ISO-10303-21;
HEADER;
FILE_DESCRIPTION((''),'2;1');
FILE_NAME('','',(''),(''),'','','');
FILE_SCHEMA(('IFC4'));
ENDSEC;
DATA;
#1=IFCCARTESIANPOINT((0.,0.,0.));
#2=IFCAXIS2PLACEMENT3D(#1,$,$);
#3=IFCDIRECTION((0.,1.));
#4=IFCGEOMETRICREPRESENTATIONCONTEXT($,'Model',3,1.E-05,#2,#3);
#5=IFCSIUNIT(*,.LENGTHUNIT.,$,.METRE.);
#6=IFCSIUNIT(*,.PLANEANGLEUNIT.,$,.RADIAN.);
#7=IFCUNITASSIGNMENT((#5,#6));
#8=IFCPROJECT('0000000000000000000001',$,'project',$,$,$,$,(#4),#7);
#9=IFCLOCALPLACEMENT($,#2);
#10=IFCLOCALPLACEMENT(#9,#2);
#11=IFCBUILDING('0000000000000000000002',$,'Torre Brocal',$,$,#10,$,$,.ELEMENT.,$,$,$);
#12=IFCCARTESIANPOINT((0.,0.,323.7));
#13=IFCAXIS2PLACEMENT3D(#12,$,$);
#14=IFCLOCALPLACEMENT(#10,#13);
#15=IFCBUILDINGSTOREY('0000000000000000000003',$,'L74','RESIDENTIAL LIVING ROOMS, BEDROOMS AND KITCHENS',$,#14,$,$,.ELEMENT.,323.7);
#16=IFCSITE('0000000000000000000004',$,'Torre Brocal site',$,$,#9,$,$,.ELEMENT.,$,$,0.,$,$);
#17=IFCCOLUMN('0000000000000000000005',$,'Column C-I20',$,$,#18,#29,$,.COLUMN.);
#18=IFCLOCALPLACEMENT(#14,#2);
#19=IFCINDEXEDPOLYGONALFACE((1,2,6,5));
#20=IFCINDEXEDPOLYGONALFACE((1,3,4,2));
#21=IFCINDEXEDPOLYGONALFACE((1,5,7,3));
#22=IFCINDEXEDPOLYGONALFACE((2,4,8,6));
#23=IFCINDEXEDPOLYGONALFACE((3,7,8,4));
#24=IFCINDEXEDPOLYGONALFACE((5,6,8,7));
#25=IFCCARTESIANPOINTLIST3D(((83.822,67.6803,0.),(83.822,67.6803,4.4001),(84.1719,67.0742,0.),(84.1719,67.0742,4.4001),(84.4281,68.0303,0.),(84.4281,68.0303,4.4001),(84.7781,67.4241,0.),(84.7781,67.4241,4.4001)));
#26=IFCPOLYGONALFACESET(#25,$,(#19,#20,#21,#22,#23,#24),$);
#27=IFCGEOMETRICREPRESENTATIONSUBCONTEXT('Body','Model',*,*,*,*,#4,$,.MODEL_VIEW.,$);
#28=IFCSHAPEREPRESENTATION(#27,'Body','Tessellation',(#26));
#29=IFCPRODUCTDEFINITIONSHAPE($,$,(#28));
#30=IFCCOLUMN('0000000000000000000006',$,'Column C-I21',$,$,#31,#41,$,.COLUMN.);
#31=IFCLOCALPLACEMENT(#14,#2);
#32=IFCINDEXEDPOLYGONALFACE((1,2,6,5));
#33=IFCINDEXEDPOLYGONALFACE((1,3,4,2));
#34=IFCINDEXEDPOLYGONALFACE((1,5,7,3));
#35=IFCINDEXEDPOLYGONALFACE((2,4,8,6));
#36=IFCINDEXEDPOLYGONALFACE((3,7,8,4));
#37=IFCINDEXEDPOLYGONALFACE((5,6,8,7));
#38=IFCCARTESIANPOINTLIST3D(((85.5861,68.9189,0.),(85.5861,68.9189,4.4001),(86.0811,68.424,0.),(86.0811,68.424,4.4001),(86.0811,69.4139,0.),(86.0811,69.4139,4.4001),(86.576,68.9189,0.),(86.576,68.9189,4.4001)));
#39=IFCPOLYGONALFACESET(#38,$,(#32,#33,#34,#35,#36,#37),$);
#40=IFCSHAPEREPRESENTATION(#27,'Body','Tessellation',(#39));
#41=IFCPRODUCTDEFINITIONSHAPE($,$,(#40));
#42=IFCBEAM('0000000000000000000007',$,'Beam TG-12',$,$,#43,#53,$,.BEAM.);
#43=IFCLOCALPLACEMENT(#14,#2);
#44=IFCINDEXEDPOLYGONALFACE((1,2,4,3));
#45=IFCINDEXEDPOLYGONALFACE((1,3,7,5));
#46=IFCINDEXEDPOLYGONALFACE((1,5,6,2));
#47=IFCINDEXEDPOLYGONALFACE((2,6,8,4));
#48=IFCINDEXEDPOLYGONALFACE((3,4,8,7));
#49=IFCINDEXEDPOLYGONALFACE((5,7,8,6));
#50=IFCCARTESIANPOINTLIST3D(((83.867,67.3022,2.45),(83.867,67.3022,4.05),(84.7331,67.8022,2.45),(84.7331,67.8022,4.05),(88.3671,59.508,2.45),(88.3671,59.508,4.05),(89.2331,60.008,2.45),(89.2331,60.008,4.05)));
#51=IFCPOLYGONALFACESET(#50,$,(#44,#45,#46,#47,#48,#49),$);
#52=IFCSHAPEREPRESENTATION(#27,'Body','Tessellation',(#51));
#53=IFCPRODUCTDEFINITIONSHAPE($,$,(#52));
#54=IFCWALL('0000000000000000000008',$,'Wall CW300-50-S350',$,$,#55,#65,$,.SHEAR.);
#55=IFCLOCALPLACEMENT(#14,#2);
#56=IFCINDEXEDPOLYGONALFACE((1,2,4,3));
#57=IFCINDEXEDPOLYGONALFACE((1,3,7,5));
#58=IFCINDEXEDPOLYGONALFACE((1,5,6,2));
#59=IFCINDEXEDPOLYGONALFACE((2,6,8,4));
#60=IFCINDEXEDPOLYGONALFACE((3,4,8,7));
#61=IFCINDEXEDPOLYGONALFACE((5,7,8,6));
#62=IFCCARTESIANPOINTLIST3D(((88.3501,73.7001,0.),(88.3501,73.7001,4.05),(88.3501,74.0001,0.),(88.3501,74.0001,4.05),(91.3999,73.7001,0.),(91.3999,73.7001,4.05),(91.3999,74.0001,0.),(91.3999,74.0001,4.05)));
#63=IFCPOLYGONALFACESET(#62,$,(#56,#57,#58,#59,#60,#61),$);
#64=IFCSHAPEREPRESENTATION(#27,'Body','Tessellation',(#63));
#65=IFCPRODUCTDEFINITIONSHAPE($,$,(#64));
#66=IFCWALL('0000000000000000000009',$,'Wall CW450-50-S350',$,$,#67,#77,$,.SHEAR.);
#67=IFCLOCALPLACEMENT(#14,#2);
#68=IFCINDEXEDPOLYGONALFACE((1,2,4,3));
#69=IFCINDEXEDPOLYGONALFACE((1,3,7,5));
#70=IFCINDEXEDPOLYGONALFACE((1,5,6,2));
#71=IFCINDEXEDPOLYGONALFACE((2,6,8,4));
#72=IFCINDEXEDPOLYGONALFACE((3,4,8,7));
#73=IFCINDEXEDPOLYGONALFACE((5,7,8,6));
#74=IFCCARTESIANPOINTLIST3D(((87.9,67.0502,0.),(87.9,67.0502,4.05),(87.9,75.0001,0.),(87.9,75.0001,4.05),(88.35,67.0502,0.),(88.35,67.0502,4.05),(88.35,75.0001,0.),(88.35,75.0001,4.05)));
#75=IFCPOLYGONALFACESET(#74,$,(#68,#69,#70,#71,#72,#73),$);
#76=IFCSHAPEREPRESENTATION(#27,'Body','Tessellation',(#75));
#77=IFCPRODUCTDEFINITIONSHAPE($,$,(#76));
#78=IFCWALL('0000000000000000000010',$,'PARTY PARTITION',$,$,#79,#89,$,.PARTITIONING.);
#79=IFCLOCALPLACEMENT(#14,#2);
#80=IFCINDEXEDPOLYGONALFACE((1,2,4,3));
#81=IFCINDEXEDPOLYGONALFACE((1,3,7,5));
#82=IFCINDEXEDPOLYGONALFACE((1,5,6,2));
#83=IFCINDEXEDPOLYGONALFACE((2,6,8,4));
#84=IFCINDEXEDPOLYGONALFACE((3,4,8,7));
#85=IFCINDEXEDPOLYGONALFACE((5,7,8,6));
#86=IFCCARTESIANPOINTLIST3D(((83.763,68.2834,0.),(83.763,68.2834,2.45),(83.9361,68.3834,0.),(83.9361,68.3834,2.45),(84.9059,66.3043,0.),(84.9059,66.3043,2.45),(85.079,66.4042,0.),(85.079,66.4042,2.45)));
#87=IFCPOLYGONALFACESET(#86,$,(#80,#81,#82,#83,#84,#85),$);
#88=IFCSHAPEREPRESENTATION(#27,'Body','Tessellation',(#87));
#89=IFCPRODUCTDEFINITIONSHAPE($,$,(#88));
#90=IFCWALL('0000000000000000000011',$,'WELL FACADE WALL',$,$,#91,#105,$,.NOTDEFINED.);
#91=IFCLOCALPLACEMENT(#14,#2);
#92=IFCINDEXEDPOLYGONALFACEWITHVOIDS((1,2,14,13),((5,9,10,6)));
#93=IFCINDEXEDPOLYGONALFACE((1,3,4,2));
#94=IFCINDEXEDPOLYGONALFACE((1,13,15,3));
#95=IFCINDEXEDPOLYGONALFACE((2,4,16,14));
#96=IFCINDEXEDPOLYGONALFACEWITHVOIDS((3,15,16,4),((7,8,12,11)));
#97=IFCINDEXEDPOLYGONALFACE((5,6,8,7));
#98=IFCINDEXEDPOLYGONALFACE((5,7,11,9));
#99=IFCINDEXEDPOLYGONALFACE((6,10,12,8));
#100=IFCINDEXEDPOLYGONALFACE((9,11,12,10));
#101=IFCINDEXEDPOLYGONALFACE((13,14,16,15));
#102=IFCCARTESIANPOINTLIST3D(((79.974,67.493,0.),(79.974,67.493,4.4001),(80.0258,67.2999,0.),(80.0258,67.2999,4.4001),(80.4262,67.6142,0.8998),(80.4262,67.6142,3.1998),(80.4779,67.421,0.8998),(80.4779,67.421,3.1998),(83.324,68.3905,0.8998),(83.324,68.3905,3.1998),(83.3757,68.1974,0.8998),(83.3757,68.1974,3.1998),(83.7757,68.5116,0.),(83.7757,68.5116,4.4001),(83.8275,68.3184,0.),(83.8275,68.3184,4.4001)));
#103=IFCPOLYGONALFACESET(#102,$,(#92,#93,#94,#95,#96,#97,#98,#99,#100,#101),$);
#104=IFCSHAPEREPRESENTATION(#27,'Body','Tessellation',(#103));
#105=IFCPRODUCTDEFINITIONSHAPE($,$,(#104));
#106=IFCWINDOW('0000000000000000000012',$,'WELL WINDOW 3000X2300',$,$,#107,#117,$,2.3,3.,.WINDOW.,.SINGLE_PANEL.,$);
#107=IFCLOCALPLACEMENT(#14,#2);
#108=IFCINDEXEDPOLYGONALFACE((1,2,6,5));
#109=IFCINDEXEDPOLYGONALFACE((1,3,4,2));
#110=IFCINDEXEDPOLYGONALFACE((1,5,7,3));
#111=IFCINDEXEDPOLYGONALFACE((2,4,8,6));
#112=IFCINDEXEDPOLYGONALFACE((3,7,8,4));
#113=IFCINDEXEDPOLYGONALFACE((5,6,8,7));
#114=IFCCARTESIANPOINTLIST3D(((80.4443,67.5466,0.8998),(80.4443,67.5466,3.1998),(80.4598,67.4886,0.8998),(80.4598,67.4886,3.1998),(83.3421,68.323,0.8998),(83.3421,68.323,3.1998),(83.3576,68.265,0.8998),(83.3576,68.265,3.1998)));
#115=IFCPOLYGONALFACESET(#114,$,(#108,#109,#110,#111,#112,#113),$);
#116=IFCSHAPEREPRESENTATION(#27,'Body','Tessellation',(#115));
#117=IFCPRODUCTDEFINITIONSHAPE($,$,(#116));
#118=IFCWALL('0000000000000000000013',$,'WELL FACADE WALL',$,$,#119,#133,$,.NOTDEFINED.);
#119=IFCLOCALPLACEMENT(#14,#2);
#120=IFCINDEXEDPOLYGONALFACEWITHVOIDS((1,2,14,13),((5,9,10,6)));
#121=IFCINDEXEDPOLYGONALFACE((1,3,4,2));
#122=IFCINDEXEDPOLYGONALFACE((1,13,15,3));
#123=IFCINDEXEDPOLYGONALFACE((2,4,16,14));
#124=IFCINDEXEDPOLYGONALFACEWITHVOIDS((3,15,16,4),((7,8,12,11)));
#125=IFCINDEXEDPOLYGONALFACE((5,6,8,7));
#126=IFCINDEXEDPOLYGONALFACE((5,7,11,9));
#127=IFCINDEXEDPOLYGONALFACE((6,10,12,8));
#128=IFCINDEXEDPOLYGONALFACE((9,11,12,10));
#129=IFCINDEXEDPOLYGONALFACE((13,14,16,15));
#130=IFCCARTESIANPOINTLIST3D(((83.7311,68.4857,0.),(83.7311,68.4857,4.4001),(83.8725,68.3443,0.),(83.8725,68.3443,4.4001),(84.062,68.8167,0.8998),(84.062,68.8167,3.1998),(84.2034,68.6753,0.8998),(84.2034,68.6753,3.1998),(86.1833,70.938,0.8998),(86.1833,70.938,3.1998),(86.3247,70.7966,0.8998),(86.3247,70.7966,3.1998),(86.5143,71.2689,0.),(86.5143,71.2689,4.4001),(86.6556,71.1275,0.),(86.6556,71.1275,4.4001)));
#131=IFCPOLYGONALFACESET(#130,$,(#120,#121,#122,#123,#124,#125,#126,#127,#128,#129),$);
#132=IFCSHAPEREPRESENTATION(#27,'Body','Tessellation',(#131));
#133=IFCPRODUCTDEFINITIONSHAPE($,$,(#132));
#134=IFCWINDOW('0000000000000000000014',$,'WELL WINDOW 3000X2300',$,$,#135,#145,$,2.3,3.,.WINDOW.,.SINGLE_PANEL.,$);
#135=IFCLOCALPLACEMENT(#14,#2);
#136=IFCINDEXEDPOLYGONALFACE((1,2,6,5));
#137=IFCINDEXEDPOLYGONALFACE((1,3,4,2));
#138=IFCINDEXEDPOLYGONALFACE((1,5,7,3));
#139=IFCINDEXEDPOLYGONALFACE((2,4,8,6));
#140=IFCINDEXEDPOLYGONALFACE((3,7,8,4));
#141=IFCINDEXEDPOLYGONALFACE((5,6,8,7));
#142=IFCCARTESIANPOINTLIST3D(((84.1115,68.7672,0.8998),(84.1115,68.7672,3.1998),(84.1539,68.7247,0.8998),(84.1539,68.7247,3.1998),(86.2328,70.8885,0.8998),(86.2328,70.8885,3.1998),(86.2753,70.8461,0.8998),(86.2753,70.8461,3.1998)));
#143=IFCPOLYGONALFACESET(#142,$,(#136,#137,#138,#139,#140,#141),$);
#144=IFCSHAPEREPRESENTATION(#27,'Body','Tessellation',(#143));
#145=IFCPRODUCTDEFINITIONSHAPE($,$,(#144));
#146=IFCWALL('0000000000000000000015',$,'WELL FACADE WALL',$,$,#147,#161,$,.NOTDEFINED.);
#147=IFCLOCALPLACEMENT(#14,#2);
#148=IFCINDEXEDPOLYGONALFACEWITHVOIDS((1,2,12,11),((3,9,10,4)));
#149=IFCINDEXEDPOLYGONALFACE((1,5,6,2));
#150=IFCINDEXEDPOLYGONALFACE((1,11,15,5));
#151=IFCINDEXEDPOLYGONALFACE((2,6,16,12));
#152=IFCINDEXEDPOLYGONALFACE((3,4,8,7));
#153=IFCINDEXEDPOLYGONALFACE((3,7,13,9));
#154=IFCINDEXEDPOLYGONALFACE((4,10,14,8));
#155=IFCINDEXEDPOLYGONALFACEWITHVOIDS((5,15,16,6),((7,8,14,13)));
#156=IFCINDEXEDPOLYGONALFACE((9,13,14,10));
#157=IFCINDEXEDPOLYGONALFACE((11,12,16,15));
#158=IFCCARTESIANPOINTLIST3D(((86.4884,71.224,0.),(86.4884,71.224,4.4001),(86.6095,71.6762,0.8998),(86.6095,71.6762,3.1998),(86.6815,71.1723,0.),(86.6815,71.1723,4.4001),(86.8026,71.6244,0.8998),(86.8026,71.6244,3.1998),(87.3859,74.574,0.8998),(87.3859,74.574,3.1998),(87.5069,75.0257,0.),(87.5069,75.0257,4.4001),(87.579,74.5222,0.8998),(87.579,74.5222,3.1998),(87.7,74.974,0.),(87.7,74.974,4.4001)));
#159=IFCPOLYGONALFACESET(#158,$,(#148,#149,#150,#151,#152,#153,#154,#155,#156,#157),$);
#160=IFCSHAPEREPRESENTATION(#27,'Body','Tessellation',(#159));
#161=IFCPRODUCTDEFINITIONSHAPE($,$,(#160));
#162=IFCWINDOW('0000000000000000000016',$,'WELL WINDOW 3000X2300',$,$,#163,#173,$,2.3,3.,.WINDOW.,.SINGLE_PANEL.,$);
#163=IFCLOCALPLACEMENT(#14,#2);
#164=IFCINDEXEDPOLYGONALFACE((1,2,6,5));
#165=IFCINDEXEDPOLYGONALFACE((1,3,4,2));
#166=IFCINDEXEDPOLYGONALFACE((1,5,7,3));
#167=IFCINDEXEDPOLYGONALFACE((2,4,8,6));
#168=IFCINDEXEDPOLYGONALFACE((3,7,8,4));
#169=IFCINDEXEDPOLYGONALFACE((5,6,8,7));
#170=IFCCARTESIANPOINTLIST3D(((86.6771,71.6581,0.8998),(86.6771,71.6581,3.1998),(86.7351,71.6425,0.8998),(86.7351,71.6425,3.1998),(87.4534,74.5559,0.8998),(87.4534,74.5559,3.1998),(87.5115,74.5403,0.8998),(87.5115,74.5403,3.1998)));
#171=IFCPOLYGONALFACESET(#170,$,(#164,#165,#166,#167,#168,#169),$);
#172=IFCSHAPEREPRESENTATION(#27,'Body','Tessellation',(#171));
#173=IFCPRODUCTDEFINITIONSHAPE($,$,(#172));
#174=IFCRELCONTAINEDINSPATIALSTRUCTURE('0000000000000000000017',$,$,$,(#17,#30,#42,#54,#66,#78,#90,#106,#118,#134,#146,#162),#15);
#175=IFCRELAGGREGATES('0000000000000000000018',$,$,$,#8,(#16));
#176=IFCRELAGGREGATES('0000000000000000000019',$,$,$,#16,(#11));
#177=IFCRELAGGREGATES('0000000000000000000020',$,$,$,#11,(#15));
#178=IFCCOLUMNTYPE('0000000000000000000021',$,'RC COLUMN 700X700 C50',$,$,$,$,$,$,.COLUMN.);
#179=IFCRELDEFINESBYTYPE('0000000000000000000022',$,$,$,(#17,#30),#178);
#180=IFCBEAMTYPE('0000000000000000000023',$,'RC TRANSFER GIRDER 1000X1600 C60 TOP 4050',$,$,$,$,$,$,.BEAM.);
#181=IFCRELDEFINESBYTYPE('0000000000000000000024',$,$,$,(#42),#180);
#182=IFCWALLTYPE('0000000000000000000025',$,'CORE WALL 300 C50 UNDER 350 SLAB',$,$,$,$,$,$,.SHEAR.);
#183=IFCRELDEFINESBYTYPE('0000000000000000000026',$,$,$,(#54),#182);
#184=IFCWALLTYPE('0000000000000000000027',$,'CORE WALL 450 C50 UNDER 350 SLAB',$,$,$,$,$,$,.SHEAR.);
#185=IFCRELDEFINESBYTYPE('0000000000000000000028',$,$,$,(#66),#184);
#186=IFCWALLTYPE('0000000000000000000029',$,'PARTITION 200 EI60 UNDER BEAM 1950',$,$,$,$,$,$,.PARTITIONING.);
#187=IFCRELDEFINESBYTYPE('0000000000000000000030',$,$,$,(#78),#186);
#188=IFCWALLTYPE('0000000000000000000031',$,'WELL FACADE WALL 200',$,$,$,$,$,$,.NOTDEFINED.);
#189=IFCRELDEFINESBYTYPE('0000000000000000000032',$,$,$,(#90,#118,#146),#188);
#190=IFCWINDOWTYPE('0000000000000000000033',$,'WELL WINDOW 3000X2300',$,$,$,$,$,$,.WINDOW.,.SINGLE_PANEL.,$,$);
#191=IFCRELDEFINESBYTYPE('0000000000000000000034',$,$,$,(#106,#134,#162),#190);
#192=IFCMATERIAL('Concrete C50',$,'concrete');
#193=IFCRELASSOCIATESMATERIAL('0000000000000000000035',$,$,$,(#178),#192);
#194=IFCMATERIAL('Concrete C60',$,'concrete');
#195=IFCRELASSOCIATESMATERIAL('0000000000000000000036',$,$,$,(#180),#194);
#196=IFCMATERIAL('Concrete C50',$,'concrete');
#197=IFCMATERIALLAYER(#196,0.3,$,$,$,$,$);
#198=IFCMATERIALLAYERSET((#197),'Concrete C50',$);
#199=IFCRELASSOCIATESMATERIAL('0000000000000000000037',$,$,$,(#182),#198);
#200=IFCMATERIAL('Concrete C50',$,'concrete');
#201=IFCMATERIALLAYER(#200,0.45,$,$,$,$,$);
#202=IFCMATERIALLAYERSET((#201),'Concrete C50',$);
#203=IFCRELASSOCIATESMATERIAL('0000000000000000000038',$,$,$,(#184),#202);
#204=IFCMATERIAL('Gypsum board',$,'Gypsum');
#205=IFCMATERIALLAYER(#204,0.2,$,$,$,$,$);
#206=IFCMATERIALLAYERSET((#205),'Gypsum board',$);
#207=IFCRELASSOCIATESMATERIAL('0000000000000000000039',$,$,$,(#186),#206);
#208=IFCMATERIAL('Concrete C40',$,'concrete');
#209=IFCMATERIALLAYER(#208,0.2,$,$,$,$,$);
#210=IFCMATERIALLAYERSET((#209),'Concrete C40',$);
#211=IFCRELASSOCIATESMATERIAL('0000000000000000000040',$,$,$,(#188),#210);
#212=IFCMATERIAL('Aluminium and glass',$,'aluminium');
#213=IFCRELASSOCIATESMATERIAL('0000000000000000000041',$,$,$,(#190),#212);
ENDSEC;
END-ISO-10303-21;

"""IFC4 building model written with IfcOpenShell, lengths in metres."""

from ifc_helpers import new_model, si_unit, direction, frame, frame_2d, origin, origin_2d, place, context, subcontext, project, spatial, rectangle, extrude, material, layer, layer_set, material_profile, profile_set, type_object, element, fill, save


model = new_model("IFC4")

# Units and contexts
model_context = context("Model", 3, precision=1e-05, world=origin(), true_north=direction((0.0, 1.0)))
body_context = subcontext(model_context, "Body", "Model", "MODEL_VIEW")
ifc_project = project(units=[si_unit("LENGTHUNIT", "METRE"), si_unit("PLANEANGLEUNIT", "RADIAN")], contexts=[model_context])

# Site, building, storey
site_placement = place(None, origin())
site = spatial("IfcSite", under=ifc_project, at=site_placement, Name="Torre Brocal site", CompositionType="ELEMENT", RefElevation=0.0)
building_placement = place(site_placement, origin())
building = spatial("IfcBuilding", under=site, at=building_placement, Name="Torre Brocal", CompositionType="ELEMENT")
storey_placement = place(building_placement, frame((0.0, 0.0, 323.7)))
storey = spatial("IfcBuildingStorey", under=building, at=storey_placement, Name="L74", Description="RESIDENTIAL LIVING ROOMS, BEDROOMS AND KITCHENS", CompositionType="ELEMENT", Elevation=323.7)

# Columns
ifc_material_1 = material(Name="Concrete C50", Category="concrete")
ifc_material_profile_1 = material_profile(ifc_material_1, rectangle(XDim=0.7, YDim=0.7, at=origin_2d()), Name="RC 700X700")
ifc_profile_set_1 = profile_set([ifc_material_profile_1], Name="Concrete C50")
column_type = type_object("IfcColumnType", Name="RC COLUMN 700X700 C50", PredefinedType="COLUMN", material=ifc_profile_set_1)
for number, where, z_axis, x_axis, name in (
    (1, (84.3, 67.5522, 0.0), (0.0, 0.0, 1.0), (0.5, -0.866025, 0.0), "Column C-I20"),
    (2, (86.0811, 68.9189, 0.0), (0.0, 0.0, 1.0), (0.707107, -0.707107, 0.0), "Column C-I21"),
):
    element("IfcColumn", number, at=place(storey_placement, frame(where, z_axis=z_axis, x_axis=x_axis)), inside=storey, type_object=column_type, Name=name, PredefinedType="COLUMN", context=body_context, shape_type="SweptSolid", body=[
        extrude(rectangle(XDim=0.7, YDim=0.7, at=origin_2d()), origin(), (0.0, 0.0, 1.0), 4.4001),
    ])

# Beam
ifc_material_2 = material(Name="Concrete C60", Category="concrete")
ifc_material_profile_2 = material_profile(ifc_material_2, rectangle(XDim=1.0, YDim=1.6001, at=origin_2d()), Name="RC 1000X1600")
ifc_profile_set_2 = profile_set([ifc_material_profile_2], Name="Concrete C60")
beam_type = type_object("IfcBeamType", Name="RC TRANSFER GIRDER 1000X1600 C60 TOP 4050", PredefinedType="BEAM", material=ifc_profile_set_2)
beam_placement = place(storey_placement, frame((84.3, 67.5522, 3.25), z_axis=(0.500002, -0.866024, 0.0), x_axis=(0.866024, 0.500002, 0.0)))
element("IfcBeam", 3, at=beam_placement, inside=storey, type_object=beam_type, Name="Beam TG-12", PredefinedType="BEAM", context=body_context, shape_type="SweptSolid", body=[
    extrude(rectangle(XDim=1.0, YDim=1.6001, at=origin_2d()), origin(), (0.0, 0.0, 1.0), 9.0),
])

# Walls
ifc_material_3 = material(Name="Concrete C50", Category="concrete")
ifc_layer_1 = layer(ifc_material_3, 0.3)
ifc_layer_set_1 = layer_set([ifc_layer_1], Name="Concrete C50")
wall_type_1 = type_object("IfcWallType", Name="CORE WALL 300 C50 UNDER 350 SLAB", PredefinedType="SHEAR", material=ifc_layer_set_1)
wall_1_placement = place(storey_placement, frame((88.3501, 73.8501, 0.0), z_axis=(0.0, 0.0, 1.0), x_axis=(1.0, 0.0, 0.0)))
element("IfcWall", 4, at=wall_1_placement, inside=storey, type_object=wall_type_1, Name="Wall CW300-50-S350", PredefinedType="SHEAR", context=body_context, shape_type="SweptSolid", body=[
    extrude(rectangle(XDim=3.0498, YDim=0.3, at=frame_2d((1.5249, 0.0))), origin(), (0.0, 0.0, 1.0), 4.05),
])
ifc_material_4 = material(Name="Concrete C50", Category="concrete")
ifc_layer_2 = layer(ifc_material_4, 0.45)
ifc_layer_set_2 = layer_set([ifc_layer_2], Name="Concrete C50")
wall_type_2 = type_object("IfcWallType", Name="CORE WALL 450 C50 UNDER 350 SLAB", PredefinedType="SHEAR", material=ifc_layer_set_2)
wall_2_placement = place(storey_placement, frame((88.125, 67.05, 0.0), z_axis=(0.0, 0.0, 1.0), x_axis=(0.0, 1.0, 0.0)))
element("IfcWall", 5, at=wall_2_placement, inside=storey, type_object=wall_type_2, Name="Wall CW450-50-S350", PredefinedType="SHEAR", context=body_context, shape_type="SweptSolid", body=[
    extrude(rectangle(XDim=7.95, YDim=0.45, at=frame_2d((3.9751, 0.0))), origin(), (0.0, 0.0, 1.0), 4.05),
])
ifc_material_5 = material(Name="Gypsum board", Category="Gypsum")
ifc_layer_3 = layer(ifc_material_5, 0.2)
ifc_layer_set_3 = layer_set([ifc_layer_3], Name="Gypsum board")
wall_type_3 = type_object("IfcWallType", Name="PARTITION 200 EI60 UNDER BEAM 1950", PredefinedType="PARTITIONING", material=ifc_layer_set_3)
wall_3_placement = place(storey_placement, frame((83.8496, 68.3333, 0.0), z_axis=(0.0, 0.0, 1.0), x_axis=(0.50008, -0.865979, 0.0)))
element("IfcWall", 6, at=wall_3_placement, inside=storey, type_object=wall_type_3, Name="PARTY PARTITION", PredefinedType="PARTITIONING", context=body_context, shape_type="SweptSolid", body=[
    extrude(rectangle(XDim=2.2854, YDim=0.2, at=frame_2d((1.1426, 0.0))), origin(), (0.0, 0.0, 1.0), 2.45),
])

# Walls, openings, windows
ifc_material_6 = material(Name="Concrete C40", Category="concrete")
ifc_layer_4 = layer(ifc_material_6, 0.2)
ifc_layer_set_4 = layer_set([ifc_layer_4], Name="Concrete C40")
wall_type_4 = type_object("IfcWallType", Name="WELL FACADE WALL 200", PredefinedType="NOTDEFINED", material=ifc_layer_set_4)
wall_4_placement = place(storey_placement, frame((80.0, 67.3965, 0.0), z_axis=(0.0, 0.0, 1.0), x_axis=(0.965934, 0.25879, 0.0)))
wall_4 = element("IfcWall", 7, at=wall_4_placement, inside=storey, type_object=wall_type_4, Name="WELL FACADE WALL", PredefinedType="NOTDEFINED", context=body_context, shape_type="SweptSolid", body=[
    extrude(rectangle(XDim=3.9358, YDim=0.2, at=frame_2d((1.9678, 0.0))), origin(), (0.0, 0.0, 1.0), 4.4001),
])
opening_1_placement = place(wall_4_placement, frame((0.468, 0.0, 0.8999)))
opening_1 = element("IfcOpeningElement", 8, at=opening_1_placement, cuts=wall_4, PredefinedType="OPENING", context=body_context, shape_type="SweptSolid", body=[
    extrude(rectangle(XDim=3.0, YDim=2.3, at=frame_2d((1.5, 1.1499))), frame((0.0, 0.1099, 0.0), z_axis=(0.0, -1.0, 0.0), x_axis=(1.0, 0.0, 0.0)), (0.0, 0.0, 1.0), 0.22),
])
ifc_material_7 = material(Name="Aluminium and glass", Category="aluminium")
window_type = type_object("IfcWindowType", Name="WELL WINDOW 3000X2300", PartitioningType="SINGLE_PANEL", PredefinedType="WINDOW", material=ifc_material_7)
window_1_placement = place(opening_1_placement, origin())
window_1 = element("IfcWindow", 9, at=window_1_placement, inside=storey, type_object=window_type, Name="WELL WINDOW 3000X2300", OverallHeight=2.3, OverallWidth=3.0, PartitioningType="SINGLE_PANEL", PredefinedType="WINDOW", context=body_context, shape_type="SweptSolid", body=[
    extrude(rectangle(XDim=3.0, YDim=2.3, at=frame_2d((1.5, 1.1499))), frame((0.0, 0.03, 0.0), z_axis=(0.0, -1.0, 0.0), x_axis=(1.0, 0.0, 0.0)), (0.0, 0.0, 1.0), 0.0601),
])
fill(opening_1, window_1)
wall_5_placement = place(storey_placement, frame((83.8018, 68.415, 0.0), z_axis=(0.0, 0.0, 1.0), x_axis=(0.707107, 0.707107, 0.0)))
wall_5 = element("IfcWall", 10, at=wall_5_placement, inside=storey, type_object=wall_type_4, Name="WELL FACADE WALL", PredefinedType="NOTDEFINED", context=body_context, shape_type="SweptSolid", body=[
    extrude(rectangle(XDim=3.936, YDim=0.2, at=frame_2d((1.968, 0.0))), origin(), (0.0, 0.0, 1.0), 4.4001),
])
opening_2_placement = place(wall_5_placement, frame((0.468, 0.0, 0.8999)))
opening_2 = element("IfcOpeningElement", 11, at=opening_2_placement, cuts=wall_5, PredefinedType="OPENING", context=body_context, shape_type="SweptSolid", body=[
    extrude(rectangle(XDim=3.0, YDim=2.3, at=frame_2d((1.5, 1.1499))), frame((0.0, 0.1099, 0.0), z_axis=(0.0, -1.0, 0.0), x_axis=(1.0, 0.0, 0.0)), (0.0, 0.0, 1.0), 0.22),
])
window_2_placement = place(opening_2_placement, origin())
window_2 = element("IfcWindow", 12, at=window_2_placement, inside=storey, type_object=window_type, Name="WELL WINDOW 3000X2300", OverallHeight=2.3, OverallWidth=3.0, PartitioningType="SINGLE_PANEL", PredefinedType="WINDOW", context=body_context, shape_type="SweptSolid", body=[
    extrude(rectangle(XDim=3.0, YDim=2.3, at=frame_2d((1.5, 1.1499))), frame((0.0, 0.03, 0.0), z_axis=(0.0, -1.0, 0.0), x_axis=(1.0, 0.0, 0.0)), (0.0, 0.0, 1.0), 0.0601),
])
fill(opening_2, window_2)
wall_6_placement = place(storey_placement, frame((86.585, 71.1982, 0.0), z_axis=(0.0, 0.0, 1.0), x_axis=(0.25879, 0.965934, 0.0)))
wall_6 = element("IfcWall", 13, at=wall_6_placement, inside=storey, type_object=wall_type_4, Name="WELL FACADE WALL", PredefinedType="NOTDEFINED", context=body_context, shape_type="SweptSolid", body=[
    extrude(rectangle(XDim=3.9358, YDim=0.2, at=frame_2d((1.9678, 0.0))), origin(), (0.0, 0.0, 1.0), 4.4001),
])
opening_3_placement = place(wall_6_placement, frame((0.468, 0.0, 0.8999)))
opening_3 = element("IfcOpeningElement", 14, at=opening_3_placement, cuts=wall_6, PredefinedType="OPENING", context=body_context, shape_type="SweptSolid", body=[
    extrude(rectangle(XDim=3.0, YDim=2.3, at=frame_2d((1.5, 1.1499))), frame((0.0, 0.1099, 0.0), z_axis=(0.0, -1.0, 0.0), x_axis=(1.0, 0.0, 0.0)), (0.0, 0.0, 1.0), 0.22),
])
window_3_placement = place(opening_3_placement, origin())
window_3 = element("IfcWindow", 15, at=window_3_placement, inside=storey, type_object=window_type, Name="WELL WINDOW 3000X2300", OverallHeight=2.3, OverallWidth=3.0, PartitioningType="SINGLE_PANEL", PredefinedType="WINDOW", context=body_context, shape_type="SweptSolid", body=[
    extrude(rectangle(XDim=3.0, YDim=2.3, at=frame_2d((1.5, 1.1499))), frame((0.0, 0.03, 0.0), z_axis=(0.0, -1.0, 0.0), x_axis=(1.0, 0.0, 0.0)), (0.0, 0.0, 1.0), 0.0601),
])
fill(opening_3, window_3)

save(model, "model.ifc")
